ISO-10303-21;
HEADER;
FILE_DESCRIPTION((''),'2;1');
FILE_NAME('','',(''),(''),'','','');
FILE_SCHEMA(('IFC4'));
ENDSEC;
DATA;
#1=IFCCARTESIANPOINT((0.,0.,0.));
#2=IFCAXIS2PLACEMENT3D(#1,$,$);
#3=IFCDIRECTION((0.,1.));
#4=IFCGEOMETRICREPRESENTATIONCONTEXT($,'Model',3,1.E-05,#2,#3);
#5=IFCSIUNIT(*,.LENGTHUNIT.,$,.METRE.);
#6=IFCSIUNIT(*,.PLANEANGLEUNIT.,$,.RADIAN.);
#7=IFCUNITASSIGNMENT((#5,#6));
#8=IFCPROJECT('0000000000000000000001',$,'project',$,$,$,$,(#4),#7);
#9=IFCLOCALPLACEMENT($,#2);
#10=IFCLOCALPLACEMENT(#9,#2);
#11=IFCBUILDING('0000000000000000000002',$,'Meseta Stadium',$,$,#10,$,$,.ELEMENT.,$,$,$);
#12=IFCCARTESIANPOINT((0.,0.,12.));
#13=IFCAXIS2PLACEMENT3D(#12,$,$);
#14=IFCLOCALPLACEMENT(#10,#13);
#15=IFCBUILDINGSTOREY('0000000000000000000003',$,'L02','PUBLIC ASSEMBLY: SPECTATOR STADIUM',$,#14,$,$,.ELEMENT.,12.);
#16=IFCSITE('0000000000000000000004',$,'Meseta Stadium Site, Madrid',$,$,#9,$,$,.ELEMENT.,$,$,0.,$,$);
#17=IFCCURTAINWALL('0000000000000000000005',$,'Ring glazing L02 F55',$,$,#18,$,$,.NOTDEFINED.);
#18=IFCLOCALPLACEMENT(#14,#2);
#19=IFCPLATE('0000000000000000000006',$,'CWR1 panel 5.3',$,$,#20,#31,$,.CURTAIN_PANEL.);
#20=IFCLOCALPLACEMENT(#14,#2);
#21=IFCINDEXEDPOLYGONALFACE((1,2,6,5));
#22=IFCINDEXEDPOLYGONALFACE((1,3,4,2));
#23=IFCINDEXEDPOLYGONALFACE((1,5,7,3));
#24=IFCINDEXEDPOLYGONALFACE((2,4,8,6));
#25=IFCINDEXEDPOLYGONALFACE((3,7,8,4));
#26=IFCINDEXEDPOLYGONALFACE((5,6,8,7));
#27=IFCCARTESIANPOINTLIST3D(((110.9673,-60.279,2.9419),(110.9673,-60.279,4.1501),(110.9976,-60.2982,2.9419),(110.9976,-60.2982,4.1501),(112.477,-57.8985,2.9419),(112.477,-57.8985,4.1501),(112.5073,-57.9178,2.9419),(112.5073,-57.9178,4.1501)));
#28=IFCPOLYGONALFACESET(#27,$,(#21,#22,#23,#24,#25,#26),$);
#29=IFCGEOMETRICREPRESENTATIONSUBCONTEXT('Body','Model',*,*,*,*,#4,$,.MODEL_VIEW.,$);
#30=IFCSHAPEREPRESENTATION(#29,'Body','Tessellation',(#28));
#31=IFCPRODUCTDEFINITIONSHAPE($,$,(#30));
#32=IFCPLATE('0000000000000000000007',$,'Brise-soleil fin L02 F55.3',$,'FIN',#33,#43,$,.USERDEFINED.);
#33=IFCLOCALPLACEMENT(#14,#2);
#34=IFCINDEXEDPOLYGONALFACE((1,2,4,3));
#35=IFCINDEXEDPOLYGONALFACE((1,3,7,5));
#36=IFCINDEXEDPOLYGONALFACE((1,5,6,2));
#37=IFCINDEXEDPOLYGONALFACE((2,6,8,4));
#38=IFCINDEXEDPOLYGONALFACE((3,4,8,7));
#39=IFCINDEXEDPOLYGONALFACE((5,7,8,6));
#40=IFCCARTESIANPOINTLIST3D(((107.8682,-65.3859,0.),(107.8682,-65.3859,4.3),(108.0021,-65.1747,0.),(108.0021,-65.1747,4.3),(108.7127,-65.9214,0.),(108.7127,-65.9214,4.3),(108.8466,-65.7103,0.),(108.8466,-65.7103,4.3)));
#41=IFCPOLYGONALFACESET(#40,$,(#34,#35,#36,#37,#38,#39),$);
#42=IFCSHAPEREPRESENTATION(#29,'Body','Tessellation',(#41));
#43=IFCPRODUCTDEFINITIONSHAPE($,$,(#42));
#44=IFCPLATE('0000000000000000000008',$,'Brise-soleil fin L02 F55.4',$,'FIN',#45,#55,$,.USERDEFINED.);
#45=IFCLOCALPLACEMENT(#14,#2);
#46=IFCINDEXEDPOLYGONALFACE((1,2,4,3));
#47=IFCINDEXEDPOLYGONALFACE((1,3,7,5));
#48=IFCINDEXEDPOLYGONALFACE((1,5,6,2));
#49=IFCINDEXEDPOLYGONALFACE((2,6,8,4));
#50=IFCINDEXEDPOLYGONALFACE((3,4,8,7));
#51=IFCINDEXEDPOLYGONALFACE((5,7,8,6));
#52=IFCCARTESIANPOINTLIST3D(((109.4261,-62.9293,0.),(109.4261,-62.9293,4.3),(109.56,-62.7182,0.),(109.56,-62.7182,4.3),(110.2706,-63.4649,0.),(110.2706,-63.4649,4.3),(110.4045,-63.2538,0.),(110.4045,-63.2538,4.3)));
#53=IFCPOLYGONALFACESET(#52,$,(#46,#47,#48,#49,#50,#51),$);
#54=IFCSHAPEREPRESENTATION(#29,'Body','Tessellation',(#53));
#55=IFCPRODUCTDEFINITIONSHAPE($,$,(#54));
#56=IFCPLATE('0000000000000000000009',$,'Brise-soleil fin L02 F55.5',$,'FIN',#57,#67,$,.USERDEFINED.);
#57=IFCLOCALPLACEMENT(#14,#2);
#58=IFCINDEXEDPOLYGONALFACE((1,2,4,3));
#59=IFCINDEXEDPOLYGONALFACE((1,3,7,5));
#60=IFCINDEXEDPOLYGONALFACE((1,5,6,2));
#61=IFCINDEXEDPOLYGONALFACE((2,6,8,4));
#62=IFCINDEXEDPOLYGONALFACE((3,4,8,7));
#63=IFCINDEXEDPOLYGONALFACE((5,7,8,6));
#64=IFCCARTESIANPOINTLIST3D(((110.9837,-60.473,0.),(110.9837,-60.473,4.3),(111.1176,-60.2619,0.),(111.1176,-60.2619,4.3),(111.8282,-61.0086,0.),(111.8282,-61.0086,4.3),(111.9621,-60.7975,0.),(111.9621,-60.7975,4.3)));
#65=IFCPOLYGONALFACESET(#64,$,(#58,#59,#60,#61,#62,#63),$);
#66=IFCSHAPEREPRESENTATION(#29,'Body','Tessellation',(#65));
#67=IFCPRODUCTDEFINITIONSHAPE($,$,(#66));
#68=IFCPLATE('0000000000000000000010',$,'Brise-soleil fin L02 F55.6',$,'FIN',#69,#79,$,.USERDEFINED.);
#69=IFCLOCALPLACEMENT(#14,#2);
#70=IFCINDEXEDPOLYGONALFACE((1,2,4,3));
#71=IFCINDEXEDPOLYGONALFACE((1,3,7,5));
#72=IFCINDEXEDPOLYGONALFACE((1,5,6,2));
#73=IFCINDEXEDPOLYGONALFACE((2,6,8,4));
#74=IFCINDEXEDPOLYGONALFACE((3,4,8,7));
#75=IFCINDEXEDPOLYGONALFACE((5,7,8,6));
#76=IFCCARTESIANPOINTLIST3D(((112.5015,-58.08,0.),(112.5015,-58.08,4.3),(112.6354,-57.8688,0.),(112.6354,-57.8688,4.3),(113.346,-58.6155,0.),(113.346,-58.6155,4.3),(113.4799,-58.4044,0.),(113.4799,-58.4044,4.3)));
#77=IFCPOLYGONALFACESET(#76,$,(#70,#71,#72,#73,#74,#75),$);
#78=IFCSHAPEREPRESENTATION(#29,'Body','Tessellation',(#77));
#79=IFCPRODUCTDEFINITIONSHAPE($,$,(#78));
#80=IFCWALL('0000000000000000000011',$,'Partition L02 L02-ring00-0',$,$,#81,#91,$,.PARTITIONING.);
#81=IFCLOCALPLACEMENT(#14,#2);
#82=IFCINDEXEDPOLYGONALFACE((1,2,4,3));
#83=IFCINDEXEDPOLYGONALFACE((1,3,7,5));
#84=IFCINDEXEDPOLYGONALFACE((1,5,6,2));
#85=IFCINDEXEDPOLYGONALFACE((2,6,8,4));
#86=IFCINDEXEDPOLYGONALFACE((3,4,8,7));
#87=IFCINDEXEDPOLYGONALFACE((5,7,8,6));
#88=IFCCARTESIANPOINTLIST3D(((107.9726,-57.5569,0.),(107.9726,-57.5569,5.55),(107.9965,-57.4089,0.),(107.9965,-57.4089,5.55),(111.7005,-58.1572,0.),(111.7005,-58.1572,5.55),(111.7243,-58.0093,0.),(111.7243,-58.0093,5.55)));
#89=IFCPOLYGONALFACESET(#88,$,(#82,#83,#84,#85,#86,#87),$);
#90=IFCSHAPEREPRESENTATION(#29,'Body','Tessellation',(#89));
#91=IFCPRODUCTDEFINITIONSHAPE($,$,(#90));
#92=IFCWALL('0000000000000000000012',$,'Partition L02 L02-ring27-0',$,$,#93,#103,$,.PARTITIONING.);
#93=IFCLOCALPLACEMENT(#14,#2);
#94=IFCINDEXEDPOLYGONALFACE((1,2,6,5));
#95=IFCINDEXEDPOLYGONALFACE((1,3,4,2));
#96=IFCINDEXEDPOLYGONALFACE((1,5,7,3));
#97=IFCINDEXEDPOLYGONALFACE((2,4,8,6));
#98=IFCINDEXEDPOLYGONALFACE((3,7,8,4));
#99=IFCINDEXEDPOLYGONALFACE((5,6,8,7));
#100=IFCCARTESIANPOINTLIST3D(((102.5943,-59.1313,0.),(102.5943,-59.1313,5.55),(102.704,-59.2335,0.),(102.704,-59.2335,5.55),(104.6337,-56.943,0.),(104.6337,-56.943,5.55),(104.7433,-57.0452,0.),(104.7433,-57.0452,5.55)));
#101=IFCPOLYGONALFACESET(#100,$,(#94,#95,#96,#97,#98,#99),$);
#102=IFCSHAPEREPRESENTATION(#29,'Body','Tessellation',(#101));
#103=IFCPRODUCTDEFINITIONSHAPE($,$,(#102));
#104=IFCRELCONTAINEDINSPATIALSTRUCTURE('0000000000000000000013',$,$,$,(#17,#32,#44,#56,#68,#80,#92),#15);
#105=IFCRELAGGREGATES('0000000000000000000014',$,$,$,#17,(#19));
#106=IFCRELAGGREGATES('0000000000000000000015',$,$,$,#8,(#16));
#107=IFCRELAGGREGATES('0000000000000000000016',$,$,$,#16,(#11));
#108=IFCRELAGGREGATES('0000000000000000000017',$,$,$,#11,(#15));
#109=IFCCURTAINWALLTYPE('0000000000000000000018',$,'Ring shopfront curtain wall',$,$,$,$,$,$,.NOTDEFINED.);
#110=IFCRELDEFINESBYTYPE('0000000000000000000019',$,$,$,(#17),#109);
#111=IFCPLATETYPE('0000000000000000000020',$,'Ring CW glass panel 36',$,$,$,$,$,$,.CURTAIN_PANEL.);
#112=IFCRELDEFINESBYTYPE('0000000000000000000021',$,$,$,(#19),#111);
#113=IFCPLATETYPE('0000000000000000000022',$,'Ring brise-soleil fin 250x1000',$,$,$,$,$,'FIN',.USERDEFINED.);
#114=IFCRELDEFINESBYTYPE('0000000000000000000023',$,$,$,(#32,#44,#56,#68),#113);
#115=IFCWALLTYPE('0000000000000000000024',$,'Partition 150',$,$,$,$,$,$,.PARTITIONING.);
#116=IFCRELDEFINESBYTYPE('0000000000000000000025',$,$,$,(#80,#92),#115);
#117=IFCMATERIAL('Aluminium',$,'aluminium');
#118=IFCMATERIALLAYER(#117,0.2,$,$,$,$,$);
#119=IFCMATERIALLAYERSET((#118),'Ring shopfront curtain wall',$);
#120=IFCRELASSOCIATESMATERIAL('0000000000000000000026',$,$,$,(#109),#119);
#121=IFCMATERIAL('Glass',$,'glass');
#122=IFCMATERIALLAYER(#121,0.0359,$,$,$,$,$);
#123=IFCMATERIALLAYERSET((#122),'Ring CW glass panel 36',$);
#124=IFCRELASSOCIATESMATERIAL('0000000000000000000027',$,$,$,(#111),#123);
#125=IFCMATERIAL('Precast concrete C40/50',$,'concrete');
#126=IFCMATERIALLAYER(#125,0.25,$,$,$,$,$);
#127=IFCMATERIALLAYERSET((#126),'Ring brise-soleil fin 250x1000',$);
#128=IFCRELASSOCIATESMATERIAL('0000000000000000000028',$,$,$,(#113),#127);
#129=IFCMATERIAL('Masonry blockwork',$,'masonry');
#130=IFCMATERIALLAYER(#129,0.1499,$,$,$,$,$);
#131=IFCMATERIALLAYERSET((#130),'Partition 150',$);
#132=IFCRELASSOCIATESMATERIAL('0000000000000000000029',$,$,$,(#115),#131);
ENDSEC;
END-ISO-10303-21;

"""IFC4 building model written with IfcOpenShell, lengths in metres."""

from ifc_helpers import new_model, si_unit, direction, frame, frame_2d, origin, origin_2d, place, context, subcontext, project, spatial, rectangle, extrude, material, layer, layer_set, type_object, element, aggregate, save


model = new_model("IFC4")

# Units and contexts
model_context = context("Model", 3, precision=1e-05, world=origin(), true_north=direction((0.0, 1.0)))
body_context = subcontext(model_context, "Body", "Model", "MODEL_VIEW")
ifc_project = project(units=[si_unit("LENGTHUNIT", "METRE"), si_unit("PLANEANGLEUNIT", "RADIAN")], contexts=[model_context])

# Site, building, storey
site_placement = place(None, origin())
site = spatial("IfcSite", under=ifc_project, at=site_placement, Name="Meseta Stadium Site, Madrid", CompositionType="ELEMENT", RefElevation=0.0)
building_placement = place(site_placement, origin())
building = spatial("IfcBuilding", under=site, at=building_placement, Name="Meseta Stadium", CompositionType="ELEMENT")
storey_placement = place(building_placement, frame((0.0, 0.0, 12.0)))
storey = spatial("IfcBuildingStorey", under=building, at=storey_placement, Name="L02", Description="PUBLIC ASSEMBLY: SPECTATOR STADIUM", CompositionType="ELEMENT", Elevation=12.0)

# Curtain wall, plate
ifc_material_1 = material(Name="Aluminium", Category="aluminium")
ifc_layer_1 = layer(ifc_material_1, 0.2)
ifc_layer_set_1 = layer_set([ifc_layer_1], Name="Ring shopfront curtain wall")
curtain_wall_type = type_object("IfcCurtainWallType", Name="Ring shopfront curtain wall", PredefinedType="NOTDEFINED", material=ifc_layer_set_1)
curtain_wall_placement = place(storey_placement, origin())
curtain_wall = element("IfcCurtainWall", 1, at=curtain_wall_placement, inside=storey, type_object=curtain_wall_type, Name="Ring glazing L02 F55", PredefinedType="NOTDEFINED")
ifc_material_2 = material(Name="Glass", Category="glass")
ifc_layer_2 = layer(ifc_material_2, 0.0359)
ifc_layer_set_2 = layer_set([ifc_layer_2], Name="Ring CW glass panel 36")
plate_type_1 = type_object("IfcPlateType", Name="Ring CW glass panel 36", PredefinedType="CURTAIN_PANEL", material=ifc_layer_set_2)
plate_1_placement = place(storey_placement, frame((111.7373, -59.0984, 2.9419), z_axis=(0.0, 0.0, 1.0), x_axis=(0.535569, 0.844491, 0.0)))
plate_1 = element("IfcPlate", 2, at=plate_1_placement, type_object=plate_type_1, Name="CWR1 panel 5.3", PredefinedType="CURTAIN_PANEL", context=body_context, shape_type="SweptSolid", body=[
    extrude(rectangle(XDim=2.8188, YDim=0.0359, at=origin_2d()), origin(), (0.0, 0.0, 1.0), 1.2083),
])
aggregate(curtain_wall, [plate_1])

# Plates
ifc_material_3 = material(Name="Precast concrete C40/50", Category="concrete")
ifc_layer_3 = layer(ifc_material_3, 0.25)
ifc_layer_set_3 = layer_set([ifc_layer_3], Name="Ring brise-soleil fin 250x1000")
plate_type_2 = type_object("IfcPlateType", Name="Ring brise-soleil fin 250x1000", ElementType="FIN", PredefinedType="USERDEFINED", material=ifc_layer_set_3)
for number, where, z_axis, x_axis, name in (
    (3, (108.3574, -65.5481, 0.0), (0.0, 0.0, 1.0), (0.535569, 0.844492, 0.0), "Brise-soleil fin L02 F55.3"),
    (4, (109.9153, -63.0916, 0.0), (0.0, 0.0, 1.0), (0.535569, 0.844492, 0.0), "Brise-soleil fin L02 F55.4"),
    (5, (111.4729, -60.6353, 0.0), (0.0, 0.0, 1.0), (0.535569, 0.844492, 0.0), "Brise-soleil fin L02 F55.5"),
    (6, (112.9907, -58.2422, 0.0), (0.0, 0.0, 1.0), (0.535569, 0.844492, 0.0), "Brise-soleil fin L02 F55.6"),
):
    element("IfcPlate", number, at=place(storey_placement, frame(where, z_axis=z_axis, x_axis=x_axis)), inside=storey, type_object=plate_type_2, Name=name, ObjectType="FIN", PredefinedType="USERDEFINED", context=body_context, shape_type="SweptSolid", body=[
        extrude(rectangle(XDim=0.25, YDim=1.0, at=origin_2d()), origin(), (0.0, 0.0, 1.0), 4.3),
    ])

# Walls
ifc_material_4 = material(Name="Masonry blockwork", Category="masonry")
ifc_layer_4 = layer(ifc_material_4, 0.1499)
ifc_layer_set_4 = layer_set([ifc_layer_4], Name="Partition 150")
wall_type = type_object("IfcWallType", Name="Partition 150", PredefinedType="PARTITIONING", material=ifc_layer_set_4)
wall_1_placement = place(storey_placement, frame((111.7124, -58.0833, 0.0), z_axis=(0.0, 0.0, 1.0), x_axis=(-0.987279, 0.158997, 0.0)))
element("IfcWall", 7, at=wall_1_placement, inside=storey, type_object=wall_type, Name="Partition L02 L02-ring00-0", PredefinedType="PARTITIONING", context=body_context, shape_type="SweptSolid", body=[
    extrude(rectangle(XDim=3.7759, YDim=0.1499, at=frame_2d((1.8879, 0.0))), origin(), (0.0, 0.0, 1.0), 5.55),
])
wall_2_placement = place(storey_placement, frame((102.6492, -59.1824, 0.0), z_axis=(0.0, 0.0, 1.0), x_axis=(0.681774, 0.731563, 0.0)))
element("IfcWall", 8, at=wall_2_placement, inside=storey, type_object=wall_type, Name="Partition L02 L02-ring27-0", PredefinedType="PARTITIONING", context=body_context, shape_type="SweptSolid", body=[
    extrude(rectangle(XDim=2.9912, YDim=0.1499, at=frame_2d((1.4956, 0.0))), origin(), (0.0, 0.0, 1.0), 5.55),
])

save(model, "model.ifc")
